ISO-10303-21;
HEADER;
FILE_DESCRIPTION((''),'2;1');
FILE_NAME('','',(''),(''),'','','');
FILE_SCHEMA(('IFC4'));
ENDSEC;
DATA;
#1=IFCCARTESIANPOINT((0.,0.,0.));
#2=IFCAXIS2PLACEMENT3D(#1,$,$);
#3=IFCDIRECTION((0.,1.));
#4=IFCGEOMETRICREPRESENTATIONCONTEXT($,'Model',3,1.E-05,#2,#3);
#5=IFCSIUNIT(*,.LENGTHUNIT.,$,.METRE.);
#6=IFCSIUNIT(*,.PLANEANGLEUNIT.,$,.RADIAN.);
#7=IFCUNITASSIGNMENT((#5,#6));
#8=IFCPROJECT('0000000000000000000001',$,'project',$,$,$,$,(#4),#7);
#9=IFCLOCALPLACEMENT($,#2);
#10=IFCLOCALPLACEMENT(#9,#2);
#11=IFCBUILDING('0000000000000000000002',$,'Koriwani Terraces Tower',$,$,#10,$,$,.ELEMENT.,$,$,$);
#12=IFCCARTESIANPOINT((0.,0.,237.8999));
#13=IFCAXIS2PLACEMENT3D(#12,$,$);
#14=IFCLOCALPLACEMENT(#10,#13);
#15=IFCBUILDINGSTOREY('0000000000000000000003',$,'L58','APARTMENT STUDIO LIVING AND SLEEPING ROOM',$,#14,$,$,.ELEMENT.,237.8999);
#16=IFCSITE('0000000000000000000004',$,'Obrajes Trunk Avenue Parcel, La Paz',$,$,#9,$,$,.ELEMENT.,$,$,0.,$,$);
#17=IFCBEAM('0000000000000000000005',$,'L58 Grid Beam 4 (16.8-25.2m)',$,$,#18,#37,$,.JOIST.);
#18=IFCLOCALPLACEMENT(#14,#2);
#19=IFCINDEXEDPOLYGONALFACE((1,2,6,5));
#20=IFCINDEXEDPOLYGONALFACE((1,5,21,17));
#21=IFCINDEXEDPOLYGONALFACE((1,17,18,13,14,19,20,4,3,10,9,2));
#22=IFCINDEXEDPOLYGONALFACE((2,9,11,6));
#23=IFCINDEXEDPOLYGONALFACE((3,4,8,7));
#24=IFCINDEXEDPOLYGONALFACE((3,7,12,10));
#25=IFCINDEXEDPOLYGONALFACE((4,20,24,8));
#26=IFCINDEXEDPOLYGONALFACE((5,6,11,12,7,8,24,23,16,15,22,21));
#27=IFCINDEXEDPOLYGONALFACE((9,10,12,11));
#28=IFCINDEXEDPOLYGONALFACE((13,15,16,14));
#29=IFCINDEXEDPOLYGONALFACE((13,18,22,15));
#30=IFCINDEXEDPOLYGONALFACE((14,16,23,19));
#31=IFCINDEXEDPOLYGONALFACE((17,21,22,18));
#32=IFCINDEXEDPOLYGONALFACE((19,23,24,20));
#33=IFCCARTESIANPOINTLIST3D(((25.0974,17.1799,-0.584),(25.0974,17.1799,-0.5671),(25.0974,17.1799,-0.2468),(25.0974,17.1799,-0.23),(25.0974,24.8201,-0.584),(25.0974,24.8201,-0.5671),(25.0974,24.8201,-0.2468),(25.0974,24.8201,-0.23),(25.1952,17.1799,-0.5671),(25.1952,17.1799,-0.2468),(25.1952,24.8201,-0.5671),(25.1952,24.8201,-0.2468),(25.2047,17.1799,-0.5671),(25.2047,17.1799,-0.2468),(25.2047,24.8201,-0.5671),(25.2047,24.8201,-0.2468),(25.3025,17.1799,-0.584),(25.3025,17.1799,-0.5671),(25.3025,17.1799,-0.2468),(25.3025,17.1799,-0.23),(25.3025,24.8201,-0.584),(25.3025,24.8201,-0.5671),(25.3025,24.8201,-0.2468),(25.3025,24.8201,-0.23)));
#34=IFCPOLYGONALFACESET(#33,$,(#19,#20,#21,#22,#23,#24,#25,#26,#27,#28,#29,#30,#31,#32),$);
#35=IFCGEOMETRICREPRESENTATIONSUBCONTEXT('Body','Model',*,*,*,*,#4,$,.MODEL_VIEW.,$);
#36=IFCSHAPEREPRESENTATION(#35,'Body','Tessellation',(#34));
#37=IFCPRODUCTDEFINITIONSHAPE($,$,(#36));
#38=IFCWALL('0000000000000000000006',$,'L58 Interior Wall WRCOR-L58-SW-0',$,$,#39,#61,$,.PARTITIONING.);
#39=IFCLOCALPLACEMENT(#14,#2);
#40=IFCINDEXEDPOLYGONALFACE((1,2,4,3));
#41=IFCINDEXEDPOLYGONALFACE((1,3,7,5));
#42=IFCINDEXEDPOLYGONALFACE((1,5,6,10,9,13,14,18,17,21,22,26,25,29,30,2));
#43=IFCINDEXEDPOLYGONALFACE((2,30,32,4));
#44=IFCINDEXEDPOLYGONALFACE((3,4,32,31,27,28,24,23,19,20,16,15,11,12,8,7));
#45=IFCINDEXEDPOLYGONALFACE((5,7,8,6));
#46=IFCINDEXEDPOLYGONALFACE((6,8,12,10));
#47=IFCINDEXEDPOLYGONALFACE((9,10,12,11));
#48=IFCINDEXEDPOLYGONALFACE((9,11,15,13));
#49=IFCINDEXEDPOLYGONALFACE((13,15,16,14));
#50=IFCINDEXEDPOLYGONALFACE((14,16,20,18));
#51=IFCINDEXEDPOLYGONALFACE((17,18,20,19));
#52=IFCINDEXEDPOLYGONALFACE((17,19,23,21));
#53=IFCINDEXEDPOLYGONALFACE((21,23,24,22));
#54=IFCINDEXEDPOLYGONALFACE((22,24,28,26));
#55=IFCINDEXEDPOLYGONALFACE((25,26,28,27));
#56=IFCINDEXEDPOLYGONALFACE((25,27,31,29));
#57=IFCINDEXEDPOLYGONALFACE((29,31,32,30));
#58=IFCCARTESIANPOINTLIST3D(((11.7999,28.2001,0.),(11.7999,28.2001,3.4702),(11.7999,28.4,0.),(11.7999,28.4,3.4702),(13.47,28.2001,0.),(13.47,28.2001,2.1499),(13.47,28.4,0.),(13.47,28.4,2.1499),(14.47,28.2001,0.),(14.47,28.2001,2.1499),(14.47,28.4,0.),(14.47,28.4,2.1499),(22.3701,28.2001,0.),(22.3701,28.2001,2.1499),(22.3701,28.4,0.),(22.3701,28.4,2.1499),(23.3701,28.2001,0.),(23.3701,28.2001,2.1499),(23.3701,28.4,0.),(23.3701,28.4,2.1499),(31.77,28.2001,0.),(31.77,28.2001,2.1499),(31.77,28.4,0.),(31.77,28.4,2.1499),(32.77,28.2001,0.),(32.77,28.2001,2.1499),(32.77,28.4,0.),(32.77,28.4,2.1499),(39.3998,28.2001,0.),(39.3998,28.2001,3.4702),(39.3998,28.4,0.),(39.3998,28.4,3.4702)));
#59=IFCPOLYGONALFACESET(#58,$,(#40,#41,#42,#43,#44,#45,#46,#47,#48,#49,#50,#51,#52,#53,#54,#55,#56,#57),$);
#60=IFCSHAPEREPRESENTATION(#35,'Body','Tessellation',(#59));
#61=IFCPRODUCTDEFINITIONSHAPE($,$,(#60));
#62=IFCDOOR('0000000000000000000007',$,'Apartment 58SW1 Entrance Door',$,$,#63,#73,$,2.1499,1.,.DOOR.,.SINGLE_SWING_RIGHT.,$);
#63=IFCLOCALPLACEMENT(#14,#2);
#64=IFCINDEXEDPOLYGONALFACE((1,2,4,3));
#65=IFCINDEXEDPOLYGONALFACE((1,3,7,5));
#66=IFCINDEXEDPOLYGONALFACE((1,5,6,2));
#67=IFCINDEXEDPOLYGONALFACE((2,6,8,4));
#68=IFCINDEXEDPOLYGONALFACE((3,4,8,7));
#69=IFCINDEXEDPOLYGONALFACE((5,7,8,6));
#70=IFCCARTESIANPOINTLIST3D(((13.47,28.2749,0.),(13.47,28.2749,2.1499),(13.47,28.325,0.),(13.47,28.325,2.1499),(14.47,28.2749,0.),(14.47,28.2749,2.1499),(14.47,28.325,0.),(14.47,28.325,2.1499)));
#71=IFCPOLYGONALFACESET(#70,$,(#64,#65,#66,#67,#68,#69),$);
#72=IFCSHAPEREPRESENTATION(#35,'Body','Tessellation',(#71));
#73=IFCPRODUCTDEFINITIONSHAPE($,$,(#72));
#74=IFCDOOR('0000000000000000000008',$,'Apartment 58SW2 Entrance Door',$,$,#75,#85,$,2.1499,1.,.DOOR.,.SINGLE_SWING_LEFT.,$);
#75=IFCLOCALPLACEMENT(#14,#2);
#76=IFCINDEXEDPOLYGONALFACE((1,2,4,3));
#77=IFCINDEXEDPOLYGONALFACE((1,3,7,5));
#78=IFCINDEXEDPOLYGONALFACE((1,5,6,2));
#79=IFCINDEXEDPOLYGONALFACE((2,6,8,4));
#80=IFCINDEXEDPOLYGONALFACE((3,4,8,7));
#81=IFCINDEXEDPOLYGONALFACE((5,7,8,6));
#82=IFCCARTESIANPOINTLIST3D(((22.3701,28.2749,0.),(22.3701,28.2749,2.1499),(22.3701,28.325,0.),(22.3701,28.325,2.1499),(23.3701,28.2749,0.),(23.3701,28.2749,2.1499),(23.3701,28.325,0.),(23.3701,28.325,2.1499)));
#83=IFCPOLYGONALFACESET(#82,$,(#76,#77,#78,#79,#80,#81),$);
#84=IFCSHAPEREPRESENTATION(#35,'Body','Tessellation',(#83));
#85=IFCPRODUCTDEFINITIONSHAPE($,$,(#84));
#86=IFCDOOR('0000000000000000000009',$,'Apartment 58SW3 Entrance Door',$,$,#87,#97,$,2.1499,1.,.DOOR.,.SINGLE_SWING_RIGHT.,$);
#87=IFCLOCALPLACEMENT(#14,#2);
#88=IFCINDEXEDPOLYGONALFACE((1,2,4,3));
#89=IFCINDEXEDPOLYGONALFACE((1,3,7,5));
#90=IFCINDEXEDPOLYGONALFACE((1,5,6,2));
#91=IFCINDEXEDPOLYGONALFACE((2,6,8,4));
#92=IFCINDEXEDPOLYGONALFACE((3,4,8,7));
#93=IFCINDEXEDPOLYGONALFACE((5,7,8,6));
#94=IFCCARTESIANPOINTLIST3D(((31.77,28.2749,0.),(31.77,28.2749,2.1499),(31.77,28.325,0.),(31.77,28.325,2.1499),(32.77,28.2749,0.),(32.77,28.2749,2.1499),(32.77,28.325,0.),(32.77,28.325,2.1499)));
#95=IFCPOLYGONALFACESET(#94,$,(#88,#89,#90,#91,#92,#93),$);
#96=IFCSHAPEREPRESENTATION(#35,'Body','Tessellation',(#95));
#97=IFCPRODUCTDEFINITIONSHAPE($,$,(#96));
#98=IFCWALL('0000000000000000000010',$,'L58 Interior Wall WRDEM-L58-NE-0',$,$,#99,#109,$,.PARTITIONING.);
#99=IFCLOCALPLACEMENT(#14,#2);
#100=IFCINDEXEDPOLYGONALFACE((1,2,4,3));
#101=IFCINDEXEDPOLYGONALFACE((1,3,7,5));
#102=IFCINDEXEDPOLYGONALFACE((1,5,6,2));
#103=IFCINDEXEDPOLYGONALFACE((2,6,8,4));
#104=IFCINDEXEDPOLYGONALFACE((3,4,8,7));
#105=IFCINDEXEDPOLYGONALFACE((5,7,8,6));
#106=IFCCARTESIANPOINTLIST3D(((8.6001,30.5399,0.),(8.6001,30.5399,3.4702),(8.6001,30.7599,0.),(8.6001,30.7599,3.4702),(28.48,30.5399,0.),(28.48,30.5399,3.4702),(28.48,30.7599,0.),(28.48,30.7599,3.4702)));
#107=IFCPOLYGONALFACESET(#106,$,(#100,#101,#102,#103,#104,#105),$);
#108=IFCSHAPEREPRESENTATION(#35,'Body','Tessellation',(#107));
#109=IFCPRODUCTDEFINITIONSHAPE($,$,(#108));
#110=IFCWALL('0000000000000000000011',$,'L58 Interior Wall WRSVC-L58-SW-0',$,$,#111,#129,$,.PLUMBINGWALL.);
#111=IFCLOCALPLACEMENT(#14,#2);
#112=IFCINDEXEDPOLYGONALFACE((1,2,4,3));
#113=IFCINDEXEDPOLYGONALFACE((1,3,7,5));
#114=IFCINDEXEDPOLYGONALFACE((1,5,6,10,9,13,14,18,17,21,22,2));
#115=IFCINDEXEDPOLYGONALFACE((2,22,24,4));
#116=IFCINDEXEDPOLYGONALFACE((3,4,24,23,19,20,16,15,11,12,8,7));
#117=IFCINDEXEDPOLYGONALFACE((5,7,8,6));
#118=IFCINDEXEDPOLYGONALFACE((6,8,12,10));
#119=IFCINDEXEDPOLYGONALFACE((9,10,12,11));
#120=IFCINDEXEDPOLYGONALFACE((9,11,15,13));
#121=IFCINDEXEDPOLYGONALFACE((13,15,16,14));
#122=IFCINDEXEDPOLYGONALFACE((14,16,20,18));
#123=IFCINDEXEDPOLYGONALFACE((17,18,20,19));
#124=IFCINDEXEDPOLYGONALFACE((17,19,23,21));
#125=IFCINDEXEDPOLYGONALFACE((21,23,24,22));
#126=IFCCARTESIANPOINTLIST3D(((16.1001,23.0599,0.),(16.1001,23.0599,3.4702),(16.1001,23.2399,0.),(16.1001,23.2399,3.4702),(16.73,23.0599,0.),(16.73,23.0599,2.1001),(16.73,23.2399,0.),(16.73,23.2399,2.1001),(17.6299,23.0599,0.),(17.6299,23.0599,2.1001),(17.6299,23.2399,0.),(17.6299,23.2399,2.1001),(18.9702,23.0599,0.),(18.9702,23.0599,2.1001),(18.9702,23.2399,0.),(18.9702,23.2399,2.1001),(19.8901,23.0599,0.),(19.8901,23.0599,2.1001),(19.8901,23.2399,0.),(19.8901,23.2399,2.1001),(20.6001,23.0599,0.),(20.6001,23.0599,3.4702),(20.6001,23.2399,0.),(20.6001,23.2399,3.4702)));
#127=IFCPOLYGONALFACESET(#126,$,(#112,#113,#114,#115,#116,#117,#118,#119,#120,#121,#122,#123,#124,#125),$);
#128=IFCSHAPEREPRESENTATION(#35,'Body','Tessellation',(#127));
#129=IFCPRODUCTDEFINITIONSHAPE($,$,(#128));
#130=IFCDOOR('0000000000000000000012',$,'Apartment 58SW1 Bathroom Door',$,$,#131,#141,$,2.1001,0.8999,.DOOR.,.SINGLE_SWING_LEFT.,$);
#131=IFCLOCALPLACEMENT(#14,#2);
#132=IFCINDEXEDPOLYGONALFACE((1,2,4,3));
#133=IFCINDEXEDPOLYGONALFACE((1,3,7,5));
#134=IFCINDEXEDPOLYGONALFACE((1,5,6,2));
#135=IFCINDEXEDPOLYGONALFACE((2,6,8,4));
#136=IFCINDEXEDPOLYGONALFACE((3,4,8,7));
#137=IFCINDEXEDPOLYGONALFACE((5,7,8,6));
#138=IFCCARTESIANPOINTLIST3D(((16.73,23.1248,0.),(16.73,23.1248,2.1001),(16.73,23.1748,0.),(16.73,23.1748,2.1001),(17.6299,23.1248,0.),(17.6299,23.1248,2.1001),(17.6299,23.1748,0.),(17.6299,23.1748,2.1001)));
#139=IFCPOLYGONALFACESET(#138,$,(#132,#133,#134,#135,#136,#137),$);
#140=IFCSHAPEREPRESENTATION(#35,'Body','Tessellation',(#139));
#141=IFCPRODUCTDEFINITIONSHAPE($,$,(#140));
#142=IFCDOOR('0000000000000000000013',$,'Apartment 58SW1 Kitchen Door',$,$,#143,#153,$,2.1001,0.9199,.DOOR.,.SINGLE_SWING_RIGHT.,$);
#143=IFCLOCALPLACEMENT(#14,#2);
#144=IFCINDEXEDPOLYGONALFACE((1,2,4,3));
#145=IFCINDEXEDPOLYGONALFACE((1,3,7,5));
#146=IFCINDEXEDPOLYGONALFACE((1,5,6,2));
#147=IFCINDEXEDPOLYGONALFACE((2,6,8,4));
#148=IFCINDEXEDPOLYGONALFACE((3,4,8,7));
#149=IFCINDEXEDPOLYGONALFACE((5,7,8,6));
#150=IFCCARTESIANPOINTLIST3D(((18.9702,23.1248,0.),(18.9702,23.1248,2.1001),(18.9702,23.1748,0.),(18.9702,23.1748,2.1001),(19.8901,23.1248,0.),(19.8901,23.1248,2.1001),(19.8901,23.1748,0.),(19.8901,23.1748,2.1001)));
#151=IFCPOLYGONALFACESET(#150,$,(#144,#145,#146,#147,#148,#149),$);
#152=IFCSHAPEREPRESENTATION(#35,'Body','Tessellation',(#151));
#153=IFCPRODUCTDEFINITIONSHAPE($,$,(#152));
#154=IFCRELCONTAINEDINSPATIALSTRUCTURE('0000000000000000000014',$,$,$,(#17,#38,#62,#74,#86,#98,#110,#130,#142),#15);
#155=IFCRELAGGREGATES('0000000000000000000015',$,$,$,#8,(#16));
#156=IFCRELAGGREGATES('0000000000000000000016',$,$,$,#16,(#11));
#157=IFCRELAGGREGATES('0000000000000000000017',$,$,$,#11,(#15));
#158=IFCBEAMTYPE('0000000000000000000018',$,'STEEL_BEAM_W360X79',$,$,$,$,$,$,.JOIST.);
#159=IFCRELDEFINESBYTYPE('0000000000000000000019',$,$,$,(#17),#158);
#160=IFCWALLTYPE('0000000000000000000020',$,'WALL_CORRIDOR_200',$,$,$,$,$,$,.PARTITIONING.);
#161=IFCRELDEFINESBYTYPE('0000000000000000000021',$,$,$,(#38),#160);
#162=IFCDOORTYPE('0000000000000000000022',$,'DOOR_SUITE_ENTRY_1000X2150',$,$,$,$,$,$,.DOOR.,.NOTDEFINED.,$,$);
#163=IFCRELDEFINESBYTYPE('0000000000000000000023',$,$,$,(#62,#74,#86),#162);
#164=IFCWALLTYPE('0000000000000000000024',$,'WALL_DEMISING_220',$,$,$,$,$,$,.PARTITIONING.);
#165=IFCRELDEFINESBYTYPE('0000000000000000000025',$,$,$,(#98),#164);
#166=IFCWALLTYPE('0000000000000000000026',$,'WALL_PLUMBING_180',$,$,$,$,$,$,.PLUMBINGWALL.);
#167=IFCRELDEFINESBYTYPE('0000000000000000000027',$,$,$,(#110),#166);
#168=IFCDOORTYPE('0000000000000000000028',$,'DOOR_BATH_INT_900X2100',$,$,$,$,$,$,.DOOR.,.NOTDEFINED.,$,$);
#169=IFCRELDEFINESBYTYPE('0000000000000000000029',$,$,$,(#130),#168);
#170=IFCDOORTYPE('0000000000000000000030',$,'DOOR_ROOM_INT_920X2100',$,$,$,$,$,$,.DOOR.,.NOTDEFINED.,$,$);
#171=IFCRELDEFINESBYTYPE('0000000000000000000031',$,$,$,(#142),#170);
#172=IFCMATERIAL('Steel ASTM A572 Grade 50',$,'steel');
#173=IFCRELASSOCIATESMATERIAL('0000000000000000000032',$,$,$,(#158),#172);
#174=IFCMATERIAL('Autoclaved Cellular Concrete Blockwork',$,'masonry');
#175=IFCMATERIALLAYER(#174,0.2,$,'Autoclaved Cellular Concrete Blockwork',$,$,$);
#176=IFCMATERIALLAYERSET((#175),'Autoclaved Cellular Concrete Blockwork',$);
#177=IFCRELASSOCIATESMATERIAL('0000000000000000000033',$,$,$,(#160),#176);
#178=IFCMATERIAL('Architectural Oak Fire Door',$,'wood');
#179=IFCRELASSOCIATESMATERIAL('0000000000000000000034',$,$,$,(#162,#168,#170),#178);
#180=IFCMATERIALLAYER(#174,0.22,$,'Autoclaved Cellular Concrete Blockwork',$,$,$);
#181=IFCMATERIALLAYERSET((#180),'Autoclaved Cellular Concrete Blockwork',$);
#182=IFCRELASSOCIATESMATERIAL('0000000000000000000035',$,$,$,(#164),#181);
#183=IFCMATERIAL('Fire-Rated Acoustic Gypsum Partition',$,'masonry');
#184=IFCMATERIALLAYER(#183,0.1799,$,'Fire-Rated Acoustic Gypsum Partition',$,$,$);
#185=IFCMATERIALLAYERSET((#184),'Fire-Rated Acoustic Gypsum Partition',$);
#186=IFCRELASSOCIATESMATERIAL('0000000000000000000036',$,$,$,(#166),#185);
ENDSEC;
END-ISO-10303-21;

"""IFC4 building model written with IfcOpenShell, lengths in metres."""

from ifc_helpers import new_model, si_unit, direction, frame, frame_2d, origin, origin_2d, place, context, subcontext, project, spatial, rectangle, i_section, extrude, material, layer, layer_set, material_profile, profile_set, type_object, element, fill, save


model = new_model("IFC4")

# Units and contexts
model_context = context("Model", 3, precision=1e-05, world=origin(), true_north=direction((0.0, 1.0)))
body_context = subcontext(model_context, "Body", "Model", "MODEL_VIEW")
ifc_project = project(units=[si_unit("LENGTHUNIT", "METRE"), si_unit("PLANEANGLEUNIT", "RADIAN")], contexts=[model_context])

# Site, building, storey
site_placement = place(None, origin())
site = spatial("IfcSite", under=ifc_project, at=site_placement, Name="Obrajes Trunk Avenue Parcel, La Paz", CompositionType="ELEMENT", RefElevation=0.0)
building_placement = place(site_placement, origin())
building = spatial("IfcBuilding", under=site, at=building_placement, Name="Koriwani Terraces Tower", CompositionType="ELEMENT")
storey_placement = place(building_placement, frame((0.0, 0.0, 237.8999)))
storey = spatial("IfcBuildingStorey", under=building, at=storey_placement, Name="L58", Description="APARTMENT STUDIO LIVING AND SLEEPING ROOM", CompositionType="ELEMENT", Elevation=237.8999)

# Beam
ifc_material_1 = material(Name="Steel ASTM A572 Grade 50", Category="steel")
ifc_material_profile_1 = material_profile(ifc_material_1, i_section(OverallWidth=0.2051, OverallDepth=0.354, WebThickness=0.0095, FlangeThickness=0.0168, at=origin_2d()), Name="Steel ASTM A572 Grade 50", Category="LoadBearing")
ifc_profile_set_1 = profile_set([ifc_material_profile_1], Name="Steel ASTM A572 Grade 50")
beam_type_1 = type_object("IfcBeamType", Name="STEEL_BEAM_W360X79", PredefinedType="JOIST", material=ifc_profile_set_1)
beam_1_placement = place(storey_placement, frame((25.2, 17.1799, -0.407), z_axis=(0.0, 1.0, 0.0), x_axis=(-1.0, 0.0, 0.0)))
element("IfcBeam", 1, at=beam_1_placement, inside=storey, type_object=beam_type_1, Name="L58 Grid Beam 4 (16.8-25.2m)", PredefinedType="JOIST", context=body_context, shape_type="SweptSolid", body=[
    extrude(i_section(OverallWidth=0.2051, OverallDepth=0.354, WebThickness=0.0095, FlangeThickness=0.0168, at=origin_2d()), origin(), (0.0, 0.0, 1.0), 7.6401),
])

# Wall, openings, doors
ifc_material_2 = material(Name="Autoclaved Cellular Concrete Blockwork", Category="masonry")
ifc_layer_1 = layer(ifc_material_2, 0.2, Name="Autoclaved Cellular Concrete Blockwork")
ifc_layer_set_1 = layer_set([ifc_layer_1], Name="Autoclaved Cellular Concrete Blockwork")
wall_type_1 = type_object("IfcWallType", Name="WALL_CORRIDOR_200", PredefinedType="PARTITIONING", material=ifc_layer_set_1)
wall_1_placement = place(storey_placement, frame((11.8, 28.3, 0.0), z_axis=(0.0, 0.0, 1.0), x_axis=(1.0, 0.0, 0.0)))
wall_1 = element("IfcWall", 2, at=wall_1_placement, inside=storey, type_object=wall_type_1, Name="L58 Interior Wall WRCOR-L58-SW-0", PredefinedType="PARTITIONING", context=body_context, shape_type="SweptSolid", body=[
    extrude(rectangle(XDim=27.5999, YDim=0.2, at=frame_2d((13.7998, 0.0))), origin(), (0.0, 0.0, 1.0), 3.4702),
])
opening_1_placement = place(wall_1_placement, frame((1.6699, 0.0, 0.0)))
opening_1 = element("IfcOpeningElement", 3, at=opening_1_placement, cuts=wall_1, PredefinedType="OPENING", context=body_context, shape_type="SweptSolid", body=[
    extrude(rectangle(XDim=1.0, YDim=2.1499, at=frame_2d((0.5, 1.075))), frame((0.0, 0.1099, 0.0), z_axis=(0.0, -1.0, 0.0), x_axis=(1.0, 0.0, 0.0)), (0.0, 0.0, 1.0), 0.22),
])
opening_2_placement = place(wall_1_placement, frame((10.5701, 0.0, 0.0)))
opening_2 = element("IfcOpeningElement", 4, at=opening_2_placement, cuts=wall_1, PredefinedType="OPENING", context=body_context, shape_type="SweptSolid", body=[
    extrude(rectangle(XDim=1.0, YDim=2.1499, at=frame_2d((0.5, 1.075))), frame((0.0, 0.1099, 0.0), z_axis=(0.0, -1.0, 0.0), x_axis=(1.0, 0.0, 0.0)), (0.0, 0.0, 1.0), 0.22),
])
opening_3_placement = place(wall_1_placement, frame((19.97, 0.0, 0.0)))
opening_3 = element("IfcOpeningElement", 5, at=opening_3_placement, cuts=wall_1, PredefinedType="OPENING", context=body_context, shape_type="SweptSolid", body=[
    extrude(rectangle(XDim=1.0, YDim=2.1499, at=frame_2d((0.5, 1.075))), frame((0.0, 0.1099, 0.0), z_axis=(0.0, -1.0, 0.0), x_axis=(1.0, 0.0, 0.0)), (0.0, 0.0, 1.0), 0.22),
])
ifc_material_3 = material(Name="Architectural Oak Fire Door", Category="wood")
door_type_1 = type_object("IfcDoorType", Name="DOOR_SUITE_ENTRY_1000X2150", OperationType="NOTDEFINED", PredefinedType="DOOR", material=ifc_material_3)
door_1_placement = place(opening_1_placement, origin())
door_1 = element("IfcDoor", 6, at=door_1_placement, inside=storey, type_object=door_type_1, Name="Apartment 58SW1 Entrance Door", OperationType="SINGLE_SWING_RIGHT", OverallHeight=2.1499, OverallWidth=1.0, PredefinedType="DOOR", context=body_context, shape_type="SweptSolid", body=[
    extrude(rectangle(XDim=1.0, YDim=2.1499, at=frame_2d((0.5, 1.075))), frame((0.0, 0.0249, 0.0), z_axis=(0.0, -1.0, 0.0), x_axis=(1.0, 0.0, 0.0)), (0.0, 0.0, 1.0), 0.05),
])
fill(opening_1, door_1)
door_2_placement = place(opening_2_placement, origin())
door_2 = element("IfcDoor", 7, at=door_2_placement, inside=storey, type_object=door_type_1, Name="Apartment 58SW2 Entrance Door", OperationType="SINGLE_SWING_LEFT", OverallHeight=2.1499, OverallWidth=1.0, PredefinedType="DOOR", context=body_context, shape_type="SweptSolid", body=[
    extrude(rectangle(XDim=1.0, YDim=2.1499, at=frame_2d((0.5, 1.075))), frame((0.0, 0.0249, 0.0), z_axis=(0.0, -1.0, 0.0), x_axis=(1.0, 0.0, 0.0)), (0.0, 0.0, 1.0), 0.05),
])
fill(opening_2, door_2)
door_3_placement = place(opening_3_placement, origin())
door_3 = element("IfcDoor", 8, at=door_3_placement, inside=storey, type_object=door_type_1, Name="Apartment 58SW3 Entrance Door", OperationType="SINGLE_SWING_RIGHT", OverallHeight=2.1499, OverallWidth=1.0, PredefinedType="DOOR", context=body_context, shape_type="SweptSolid", body=[
    extrude(rectangle(XDim=1.0, YDim=2.1499, at=frame_2d((0.5, 1.075))), frame((0.0, 0.0249, 0.0), z_axis=(0.0, -1.0, 0.0), x_axis=(1.0, 0.0, 0.0)), (0.0, 0.0, 1.0), 0.05),
])
fill(opening_3, door_3)

# Wall
ifc_layer_2 = layer(ifc_material_2, 0.22, Name="Autoclaved Cellular Concrete Blockwork")
ifc_layer_set_2 = layer_set([ifc_layer_2], Name="Autoclaved Cellular Concrete Blockwork")
wall_type_2 = type_object("IfcWallType", Name="WALL_DEMISING_220", PredefinedType="PARTITIONING", material=ifc_layer_set_2)
wall_2_placement = place(storey_placement, frame((8.6001, 30.6499, 0.0), z_axis=(0.0, 0.0, 1.0), x_axis=(1.0, 0.0, 0.0)))
element("IfcWall", 9, at=wall_2_placement, inside=storey, type_object=wall_type_2, Name="L58 Interior Wall WRDEM-L58-NE-0", PredefinedType="PARTITIONING", context=body_context, shape_type="SweptSolid", body=[
    extrude(rectangle(XDim=19.8799, YDim=0.22, at=frame_2d((9.9399, 0.0))), origin(), (0.0, 0.0, 1.0), 3.4702),
])

# Wall, openings, doors
ifc_material_4 = material(Name="Fire-Rated Acoustic Gypsum Partition", Category="masonry")
ifc_layer_3 = layer(ifc_material_4, 0.1799, Name="Fire-Rated Acoustic Gypsum Partition")
ifc_layer_set_3 = layer_set([ifc_layer_3], Name="Fire-Rated Acoustic Gypsum Partition")
wall_type_3 = type_object("IfcWallType", Name="WALL_PLUMBING_180", PredefinedType="PLUMBINGWALL", material=ifc_layer_set_3)
wall_3_placement = place(storey_placement, frame((16.1001, 23.1499, 0.0), z_axis=(0.0, 0.0, 1.0), x_axis=(1.0, 0.0, 0.0)))
wall_3 = element("IfcWall", 10, at=wall_3_placement, inside=storey, type_object=wall_type_3, Name="L58 Interior Wall WRSVC-L58-SW-0", PredefinedType="PLUMBINGWALL", context=body_context, shape_type="SweptSolid", body=[
    extrude(rectangle(XDim=4.5, YDim=0.1799, at=frame_2d((2.25, 0.0))), origin(), (0.0, 0.0, 1.0), 3.4702),
])
opening_4_placement = place(wall_3_placement, frame((0.6299, 0.0, 0.0)))
opening_4 = element("IfcOpeningElement", 11, at=opening_4_placement, cuts=wall_3, PredefinedType="OPENING", context=body_context, shape_type="SweptSolid", body=[
    extrude(rectangle(XDim=0.8999, YDim=2.1001, at=frame_2d((0.45, 1.05))), frame((0.0, 0.1001, 0.0), z_axis=(0.0, -1.0, 0.0), x_axis=(1.0, 0.0, 0.0)), (0.0, 0.0, 1.0), 0.2),
])
opening_5_placement = place(wall_3_placement, frame((2.8701, 0.0, 0.0)))
opening_5 = element("IfcOpeningElement", 12, at=opening_5_placement, cuts=wall_3, PredefinedType="OPENING", context=body_context, shape_type="SweptSolid", body=[
    extrude(rectangle(XDim=0.9199, YDim=2.1001, at=frame_2d((0.46, 1.05))), frame((0.0, 0.1001, 0.0), z_axis=(0.0, -1.0, 0.0), x_axis=(1.0, 0.0, 0.0)), (0.0, 0.0, 1.0), 0.2),
])
door_type_2 = type_object("IfcDoorType", Name="DOOR_BATH_INT_900X2100", OperationType="NOTDEFINED", PredefinedType="DOOR", material=ifc_material_3)
door_4_placement = place(opening_4_placement, origin())
door_4 = element("IfcDoor", 13, at=door_4_placement, inside=storey, type_object=door_type_2, Name="Apartment 58SW1 Bathroom Door", OperationType="SINGLE_SWING_LEFT", OverallHeight=2.1001, OverallWidth=0.8999, PredefinedType="DOOR", context=body_context, shape_type="SweptSolid", body=[
    extrude(rectangle(XDim=0.8999, YDim=2.1001, at=frame_2d((0.45, 1.05))), frame((0.0, 0.0249, 0.0), z_axis=(0.0, -1.0, 0.0), x_axis=(1.0, 0.0, 0.0)), (0.0, 0.0, 1.0), 0.05),
])
fill(opening_4, door_4)
door_type_3 = type_object("IfcDoorType", Name="DOOR_ROOM_INT_920X2100", OperationType="NOTDEFINED", PredefinedType="DOOR", material=ifc_material_3)
door_5_placement = place(opening_5_placement, origin())
door_5 = element("IfcDoor", 14, at=door_5_placement, inside=storey, type_object=door_type_3, Name="Apartment 58SW1 Kitchen Door", OperationType="SINGLE_SWING_RIGHT", OverallHeight=2.1001, OverallWidth=0.9199, PredefinedType="DOOR", context=body_context, shape_type="SweptSolid", body=[
    extrude(rectangle(XDim=0.9199, YDim=2.1001, at=frame_2d((0.46, 1.05))), frame((0.0, 0.0249, 0.0), z_axis=(0.0, -1.0, 0.0), x_axis=(1.0, 0.0, 0.0)), (0.0, 0.0, 1.0), 0.05),
])
fill(opening_5, door_5)

save(model, "model.ifc")
